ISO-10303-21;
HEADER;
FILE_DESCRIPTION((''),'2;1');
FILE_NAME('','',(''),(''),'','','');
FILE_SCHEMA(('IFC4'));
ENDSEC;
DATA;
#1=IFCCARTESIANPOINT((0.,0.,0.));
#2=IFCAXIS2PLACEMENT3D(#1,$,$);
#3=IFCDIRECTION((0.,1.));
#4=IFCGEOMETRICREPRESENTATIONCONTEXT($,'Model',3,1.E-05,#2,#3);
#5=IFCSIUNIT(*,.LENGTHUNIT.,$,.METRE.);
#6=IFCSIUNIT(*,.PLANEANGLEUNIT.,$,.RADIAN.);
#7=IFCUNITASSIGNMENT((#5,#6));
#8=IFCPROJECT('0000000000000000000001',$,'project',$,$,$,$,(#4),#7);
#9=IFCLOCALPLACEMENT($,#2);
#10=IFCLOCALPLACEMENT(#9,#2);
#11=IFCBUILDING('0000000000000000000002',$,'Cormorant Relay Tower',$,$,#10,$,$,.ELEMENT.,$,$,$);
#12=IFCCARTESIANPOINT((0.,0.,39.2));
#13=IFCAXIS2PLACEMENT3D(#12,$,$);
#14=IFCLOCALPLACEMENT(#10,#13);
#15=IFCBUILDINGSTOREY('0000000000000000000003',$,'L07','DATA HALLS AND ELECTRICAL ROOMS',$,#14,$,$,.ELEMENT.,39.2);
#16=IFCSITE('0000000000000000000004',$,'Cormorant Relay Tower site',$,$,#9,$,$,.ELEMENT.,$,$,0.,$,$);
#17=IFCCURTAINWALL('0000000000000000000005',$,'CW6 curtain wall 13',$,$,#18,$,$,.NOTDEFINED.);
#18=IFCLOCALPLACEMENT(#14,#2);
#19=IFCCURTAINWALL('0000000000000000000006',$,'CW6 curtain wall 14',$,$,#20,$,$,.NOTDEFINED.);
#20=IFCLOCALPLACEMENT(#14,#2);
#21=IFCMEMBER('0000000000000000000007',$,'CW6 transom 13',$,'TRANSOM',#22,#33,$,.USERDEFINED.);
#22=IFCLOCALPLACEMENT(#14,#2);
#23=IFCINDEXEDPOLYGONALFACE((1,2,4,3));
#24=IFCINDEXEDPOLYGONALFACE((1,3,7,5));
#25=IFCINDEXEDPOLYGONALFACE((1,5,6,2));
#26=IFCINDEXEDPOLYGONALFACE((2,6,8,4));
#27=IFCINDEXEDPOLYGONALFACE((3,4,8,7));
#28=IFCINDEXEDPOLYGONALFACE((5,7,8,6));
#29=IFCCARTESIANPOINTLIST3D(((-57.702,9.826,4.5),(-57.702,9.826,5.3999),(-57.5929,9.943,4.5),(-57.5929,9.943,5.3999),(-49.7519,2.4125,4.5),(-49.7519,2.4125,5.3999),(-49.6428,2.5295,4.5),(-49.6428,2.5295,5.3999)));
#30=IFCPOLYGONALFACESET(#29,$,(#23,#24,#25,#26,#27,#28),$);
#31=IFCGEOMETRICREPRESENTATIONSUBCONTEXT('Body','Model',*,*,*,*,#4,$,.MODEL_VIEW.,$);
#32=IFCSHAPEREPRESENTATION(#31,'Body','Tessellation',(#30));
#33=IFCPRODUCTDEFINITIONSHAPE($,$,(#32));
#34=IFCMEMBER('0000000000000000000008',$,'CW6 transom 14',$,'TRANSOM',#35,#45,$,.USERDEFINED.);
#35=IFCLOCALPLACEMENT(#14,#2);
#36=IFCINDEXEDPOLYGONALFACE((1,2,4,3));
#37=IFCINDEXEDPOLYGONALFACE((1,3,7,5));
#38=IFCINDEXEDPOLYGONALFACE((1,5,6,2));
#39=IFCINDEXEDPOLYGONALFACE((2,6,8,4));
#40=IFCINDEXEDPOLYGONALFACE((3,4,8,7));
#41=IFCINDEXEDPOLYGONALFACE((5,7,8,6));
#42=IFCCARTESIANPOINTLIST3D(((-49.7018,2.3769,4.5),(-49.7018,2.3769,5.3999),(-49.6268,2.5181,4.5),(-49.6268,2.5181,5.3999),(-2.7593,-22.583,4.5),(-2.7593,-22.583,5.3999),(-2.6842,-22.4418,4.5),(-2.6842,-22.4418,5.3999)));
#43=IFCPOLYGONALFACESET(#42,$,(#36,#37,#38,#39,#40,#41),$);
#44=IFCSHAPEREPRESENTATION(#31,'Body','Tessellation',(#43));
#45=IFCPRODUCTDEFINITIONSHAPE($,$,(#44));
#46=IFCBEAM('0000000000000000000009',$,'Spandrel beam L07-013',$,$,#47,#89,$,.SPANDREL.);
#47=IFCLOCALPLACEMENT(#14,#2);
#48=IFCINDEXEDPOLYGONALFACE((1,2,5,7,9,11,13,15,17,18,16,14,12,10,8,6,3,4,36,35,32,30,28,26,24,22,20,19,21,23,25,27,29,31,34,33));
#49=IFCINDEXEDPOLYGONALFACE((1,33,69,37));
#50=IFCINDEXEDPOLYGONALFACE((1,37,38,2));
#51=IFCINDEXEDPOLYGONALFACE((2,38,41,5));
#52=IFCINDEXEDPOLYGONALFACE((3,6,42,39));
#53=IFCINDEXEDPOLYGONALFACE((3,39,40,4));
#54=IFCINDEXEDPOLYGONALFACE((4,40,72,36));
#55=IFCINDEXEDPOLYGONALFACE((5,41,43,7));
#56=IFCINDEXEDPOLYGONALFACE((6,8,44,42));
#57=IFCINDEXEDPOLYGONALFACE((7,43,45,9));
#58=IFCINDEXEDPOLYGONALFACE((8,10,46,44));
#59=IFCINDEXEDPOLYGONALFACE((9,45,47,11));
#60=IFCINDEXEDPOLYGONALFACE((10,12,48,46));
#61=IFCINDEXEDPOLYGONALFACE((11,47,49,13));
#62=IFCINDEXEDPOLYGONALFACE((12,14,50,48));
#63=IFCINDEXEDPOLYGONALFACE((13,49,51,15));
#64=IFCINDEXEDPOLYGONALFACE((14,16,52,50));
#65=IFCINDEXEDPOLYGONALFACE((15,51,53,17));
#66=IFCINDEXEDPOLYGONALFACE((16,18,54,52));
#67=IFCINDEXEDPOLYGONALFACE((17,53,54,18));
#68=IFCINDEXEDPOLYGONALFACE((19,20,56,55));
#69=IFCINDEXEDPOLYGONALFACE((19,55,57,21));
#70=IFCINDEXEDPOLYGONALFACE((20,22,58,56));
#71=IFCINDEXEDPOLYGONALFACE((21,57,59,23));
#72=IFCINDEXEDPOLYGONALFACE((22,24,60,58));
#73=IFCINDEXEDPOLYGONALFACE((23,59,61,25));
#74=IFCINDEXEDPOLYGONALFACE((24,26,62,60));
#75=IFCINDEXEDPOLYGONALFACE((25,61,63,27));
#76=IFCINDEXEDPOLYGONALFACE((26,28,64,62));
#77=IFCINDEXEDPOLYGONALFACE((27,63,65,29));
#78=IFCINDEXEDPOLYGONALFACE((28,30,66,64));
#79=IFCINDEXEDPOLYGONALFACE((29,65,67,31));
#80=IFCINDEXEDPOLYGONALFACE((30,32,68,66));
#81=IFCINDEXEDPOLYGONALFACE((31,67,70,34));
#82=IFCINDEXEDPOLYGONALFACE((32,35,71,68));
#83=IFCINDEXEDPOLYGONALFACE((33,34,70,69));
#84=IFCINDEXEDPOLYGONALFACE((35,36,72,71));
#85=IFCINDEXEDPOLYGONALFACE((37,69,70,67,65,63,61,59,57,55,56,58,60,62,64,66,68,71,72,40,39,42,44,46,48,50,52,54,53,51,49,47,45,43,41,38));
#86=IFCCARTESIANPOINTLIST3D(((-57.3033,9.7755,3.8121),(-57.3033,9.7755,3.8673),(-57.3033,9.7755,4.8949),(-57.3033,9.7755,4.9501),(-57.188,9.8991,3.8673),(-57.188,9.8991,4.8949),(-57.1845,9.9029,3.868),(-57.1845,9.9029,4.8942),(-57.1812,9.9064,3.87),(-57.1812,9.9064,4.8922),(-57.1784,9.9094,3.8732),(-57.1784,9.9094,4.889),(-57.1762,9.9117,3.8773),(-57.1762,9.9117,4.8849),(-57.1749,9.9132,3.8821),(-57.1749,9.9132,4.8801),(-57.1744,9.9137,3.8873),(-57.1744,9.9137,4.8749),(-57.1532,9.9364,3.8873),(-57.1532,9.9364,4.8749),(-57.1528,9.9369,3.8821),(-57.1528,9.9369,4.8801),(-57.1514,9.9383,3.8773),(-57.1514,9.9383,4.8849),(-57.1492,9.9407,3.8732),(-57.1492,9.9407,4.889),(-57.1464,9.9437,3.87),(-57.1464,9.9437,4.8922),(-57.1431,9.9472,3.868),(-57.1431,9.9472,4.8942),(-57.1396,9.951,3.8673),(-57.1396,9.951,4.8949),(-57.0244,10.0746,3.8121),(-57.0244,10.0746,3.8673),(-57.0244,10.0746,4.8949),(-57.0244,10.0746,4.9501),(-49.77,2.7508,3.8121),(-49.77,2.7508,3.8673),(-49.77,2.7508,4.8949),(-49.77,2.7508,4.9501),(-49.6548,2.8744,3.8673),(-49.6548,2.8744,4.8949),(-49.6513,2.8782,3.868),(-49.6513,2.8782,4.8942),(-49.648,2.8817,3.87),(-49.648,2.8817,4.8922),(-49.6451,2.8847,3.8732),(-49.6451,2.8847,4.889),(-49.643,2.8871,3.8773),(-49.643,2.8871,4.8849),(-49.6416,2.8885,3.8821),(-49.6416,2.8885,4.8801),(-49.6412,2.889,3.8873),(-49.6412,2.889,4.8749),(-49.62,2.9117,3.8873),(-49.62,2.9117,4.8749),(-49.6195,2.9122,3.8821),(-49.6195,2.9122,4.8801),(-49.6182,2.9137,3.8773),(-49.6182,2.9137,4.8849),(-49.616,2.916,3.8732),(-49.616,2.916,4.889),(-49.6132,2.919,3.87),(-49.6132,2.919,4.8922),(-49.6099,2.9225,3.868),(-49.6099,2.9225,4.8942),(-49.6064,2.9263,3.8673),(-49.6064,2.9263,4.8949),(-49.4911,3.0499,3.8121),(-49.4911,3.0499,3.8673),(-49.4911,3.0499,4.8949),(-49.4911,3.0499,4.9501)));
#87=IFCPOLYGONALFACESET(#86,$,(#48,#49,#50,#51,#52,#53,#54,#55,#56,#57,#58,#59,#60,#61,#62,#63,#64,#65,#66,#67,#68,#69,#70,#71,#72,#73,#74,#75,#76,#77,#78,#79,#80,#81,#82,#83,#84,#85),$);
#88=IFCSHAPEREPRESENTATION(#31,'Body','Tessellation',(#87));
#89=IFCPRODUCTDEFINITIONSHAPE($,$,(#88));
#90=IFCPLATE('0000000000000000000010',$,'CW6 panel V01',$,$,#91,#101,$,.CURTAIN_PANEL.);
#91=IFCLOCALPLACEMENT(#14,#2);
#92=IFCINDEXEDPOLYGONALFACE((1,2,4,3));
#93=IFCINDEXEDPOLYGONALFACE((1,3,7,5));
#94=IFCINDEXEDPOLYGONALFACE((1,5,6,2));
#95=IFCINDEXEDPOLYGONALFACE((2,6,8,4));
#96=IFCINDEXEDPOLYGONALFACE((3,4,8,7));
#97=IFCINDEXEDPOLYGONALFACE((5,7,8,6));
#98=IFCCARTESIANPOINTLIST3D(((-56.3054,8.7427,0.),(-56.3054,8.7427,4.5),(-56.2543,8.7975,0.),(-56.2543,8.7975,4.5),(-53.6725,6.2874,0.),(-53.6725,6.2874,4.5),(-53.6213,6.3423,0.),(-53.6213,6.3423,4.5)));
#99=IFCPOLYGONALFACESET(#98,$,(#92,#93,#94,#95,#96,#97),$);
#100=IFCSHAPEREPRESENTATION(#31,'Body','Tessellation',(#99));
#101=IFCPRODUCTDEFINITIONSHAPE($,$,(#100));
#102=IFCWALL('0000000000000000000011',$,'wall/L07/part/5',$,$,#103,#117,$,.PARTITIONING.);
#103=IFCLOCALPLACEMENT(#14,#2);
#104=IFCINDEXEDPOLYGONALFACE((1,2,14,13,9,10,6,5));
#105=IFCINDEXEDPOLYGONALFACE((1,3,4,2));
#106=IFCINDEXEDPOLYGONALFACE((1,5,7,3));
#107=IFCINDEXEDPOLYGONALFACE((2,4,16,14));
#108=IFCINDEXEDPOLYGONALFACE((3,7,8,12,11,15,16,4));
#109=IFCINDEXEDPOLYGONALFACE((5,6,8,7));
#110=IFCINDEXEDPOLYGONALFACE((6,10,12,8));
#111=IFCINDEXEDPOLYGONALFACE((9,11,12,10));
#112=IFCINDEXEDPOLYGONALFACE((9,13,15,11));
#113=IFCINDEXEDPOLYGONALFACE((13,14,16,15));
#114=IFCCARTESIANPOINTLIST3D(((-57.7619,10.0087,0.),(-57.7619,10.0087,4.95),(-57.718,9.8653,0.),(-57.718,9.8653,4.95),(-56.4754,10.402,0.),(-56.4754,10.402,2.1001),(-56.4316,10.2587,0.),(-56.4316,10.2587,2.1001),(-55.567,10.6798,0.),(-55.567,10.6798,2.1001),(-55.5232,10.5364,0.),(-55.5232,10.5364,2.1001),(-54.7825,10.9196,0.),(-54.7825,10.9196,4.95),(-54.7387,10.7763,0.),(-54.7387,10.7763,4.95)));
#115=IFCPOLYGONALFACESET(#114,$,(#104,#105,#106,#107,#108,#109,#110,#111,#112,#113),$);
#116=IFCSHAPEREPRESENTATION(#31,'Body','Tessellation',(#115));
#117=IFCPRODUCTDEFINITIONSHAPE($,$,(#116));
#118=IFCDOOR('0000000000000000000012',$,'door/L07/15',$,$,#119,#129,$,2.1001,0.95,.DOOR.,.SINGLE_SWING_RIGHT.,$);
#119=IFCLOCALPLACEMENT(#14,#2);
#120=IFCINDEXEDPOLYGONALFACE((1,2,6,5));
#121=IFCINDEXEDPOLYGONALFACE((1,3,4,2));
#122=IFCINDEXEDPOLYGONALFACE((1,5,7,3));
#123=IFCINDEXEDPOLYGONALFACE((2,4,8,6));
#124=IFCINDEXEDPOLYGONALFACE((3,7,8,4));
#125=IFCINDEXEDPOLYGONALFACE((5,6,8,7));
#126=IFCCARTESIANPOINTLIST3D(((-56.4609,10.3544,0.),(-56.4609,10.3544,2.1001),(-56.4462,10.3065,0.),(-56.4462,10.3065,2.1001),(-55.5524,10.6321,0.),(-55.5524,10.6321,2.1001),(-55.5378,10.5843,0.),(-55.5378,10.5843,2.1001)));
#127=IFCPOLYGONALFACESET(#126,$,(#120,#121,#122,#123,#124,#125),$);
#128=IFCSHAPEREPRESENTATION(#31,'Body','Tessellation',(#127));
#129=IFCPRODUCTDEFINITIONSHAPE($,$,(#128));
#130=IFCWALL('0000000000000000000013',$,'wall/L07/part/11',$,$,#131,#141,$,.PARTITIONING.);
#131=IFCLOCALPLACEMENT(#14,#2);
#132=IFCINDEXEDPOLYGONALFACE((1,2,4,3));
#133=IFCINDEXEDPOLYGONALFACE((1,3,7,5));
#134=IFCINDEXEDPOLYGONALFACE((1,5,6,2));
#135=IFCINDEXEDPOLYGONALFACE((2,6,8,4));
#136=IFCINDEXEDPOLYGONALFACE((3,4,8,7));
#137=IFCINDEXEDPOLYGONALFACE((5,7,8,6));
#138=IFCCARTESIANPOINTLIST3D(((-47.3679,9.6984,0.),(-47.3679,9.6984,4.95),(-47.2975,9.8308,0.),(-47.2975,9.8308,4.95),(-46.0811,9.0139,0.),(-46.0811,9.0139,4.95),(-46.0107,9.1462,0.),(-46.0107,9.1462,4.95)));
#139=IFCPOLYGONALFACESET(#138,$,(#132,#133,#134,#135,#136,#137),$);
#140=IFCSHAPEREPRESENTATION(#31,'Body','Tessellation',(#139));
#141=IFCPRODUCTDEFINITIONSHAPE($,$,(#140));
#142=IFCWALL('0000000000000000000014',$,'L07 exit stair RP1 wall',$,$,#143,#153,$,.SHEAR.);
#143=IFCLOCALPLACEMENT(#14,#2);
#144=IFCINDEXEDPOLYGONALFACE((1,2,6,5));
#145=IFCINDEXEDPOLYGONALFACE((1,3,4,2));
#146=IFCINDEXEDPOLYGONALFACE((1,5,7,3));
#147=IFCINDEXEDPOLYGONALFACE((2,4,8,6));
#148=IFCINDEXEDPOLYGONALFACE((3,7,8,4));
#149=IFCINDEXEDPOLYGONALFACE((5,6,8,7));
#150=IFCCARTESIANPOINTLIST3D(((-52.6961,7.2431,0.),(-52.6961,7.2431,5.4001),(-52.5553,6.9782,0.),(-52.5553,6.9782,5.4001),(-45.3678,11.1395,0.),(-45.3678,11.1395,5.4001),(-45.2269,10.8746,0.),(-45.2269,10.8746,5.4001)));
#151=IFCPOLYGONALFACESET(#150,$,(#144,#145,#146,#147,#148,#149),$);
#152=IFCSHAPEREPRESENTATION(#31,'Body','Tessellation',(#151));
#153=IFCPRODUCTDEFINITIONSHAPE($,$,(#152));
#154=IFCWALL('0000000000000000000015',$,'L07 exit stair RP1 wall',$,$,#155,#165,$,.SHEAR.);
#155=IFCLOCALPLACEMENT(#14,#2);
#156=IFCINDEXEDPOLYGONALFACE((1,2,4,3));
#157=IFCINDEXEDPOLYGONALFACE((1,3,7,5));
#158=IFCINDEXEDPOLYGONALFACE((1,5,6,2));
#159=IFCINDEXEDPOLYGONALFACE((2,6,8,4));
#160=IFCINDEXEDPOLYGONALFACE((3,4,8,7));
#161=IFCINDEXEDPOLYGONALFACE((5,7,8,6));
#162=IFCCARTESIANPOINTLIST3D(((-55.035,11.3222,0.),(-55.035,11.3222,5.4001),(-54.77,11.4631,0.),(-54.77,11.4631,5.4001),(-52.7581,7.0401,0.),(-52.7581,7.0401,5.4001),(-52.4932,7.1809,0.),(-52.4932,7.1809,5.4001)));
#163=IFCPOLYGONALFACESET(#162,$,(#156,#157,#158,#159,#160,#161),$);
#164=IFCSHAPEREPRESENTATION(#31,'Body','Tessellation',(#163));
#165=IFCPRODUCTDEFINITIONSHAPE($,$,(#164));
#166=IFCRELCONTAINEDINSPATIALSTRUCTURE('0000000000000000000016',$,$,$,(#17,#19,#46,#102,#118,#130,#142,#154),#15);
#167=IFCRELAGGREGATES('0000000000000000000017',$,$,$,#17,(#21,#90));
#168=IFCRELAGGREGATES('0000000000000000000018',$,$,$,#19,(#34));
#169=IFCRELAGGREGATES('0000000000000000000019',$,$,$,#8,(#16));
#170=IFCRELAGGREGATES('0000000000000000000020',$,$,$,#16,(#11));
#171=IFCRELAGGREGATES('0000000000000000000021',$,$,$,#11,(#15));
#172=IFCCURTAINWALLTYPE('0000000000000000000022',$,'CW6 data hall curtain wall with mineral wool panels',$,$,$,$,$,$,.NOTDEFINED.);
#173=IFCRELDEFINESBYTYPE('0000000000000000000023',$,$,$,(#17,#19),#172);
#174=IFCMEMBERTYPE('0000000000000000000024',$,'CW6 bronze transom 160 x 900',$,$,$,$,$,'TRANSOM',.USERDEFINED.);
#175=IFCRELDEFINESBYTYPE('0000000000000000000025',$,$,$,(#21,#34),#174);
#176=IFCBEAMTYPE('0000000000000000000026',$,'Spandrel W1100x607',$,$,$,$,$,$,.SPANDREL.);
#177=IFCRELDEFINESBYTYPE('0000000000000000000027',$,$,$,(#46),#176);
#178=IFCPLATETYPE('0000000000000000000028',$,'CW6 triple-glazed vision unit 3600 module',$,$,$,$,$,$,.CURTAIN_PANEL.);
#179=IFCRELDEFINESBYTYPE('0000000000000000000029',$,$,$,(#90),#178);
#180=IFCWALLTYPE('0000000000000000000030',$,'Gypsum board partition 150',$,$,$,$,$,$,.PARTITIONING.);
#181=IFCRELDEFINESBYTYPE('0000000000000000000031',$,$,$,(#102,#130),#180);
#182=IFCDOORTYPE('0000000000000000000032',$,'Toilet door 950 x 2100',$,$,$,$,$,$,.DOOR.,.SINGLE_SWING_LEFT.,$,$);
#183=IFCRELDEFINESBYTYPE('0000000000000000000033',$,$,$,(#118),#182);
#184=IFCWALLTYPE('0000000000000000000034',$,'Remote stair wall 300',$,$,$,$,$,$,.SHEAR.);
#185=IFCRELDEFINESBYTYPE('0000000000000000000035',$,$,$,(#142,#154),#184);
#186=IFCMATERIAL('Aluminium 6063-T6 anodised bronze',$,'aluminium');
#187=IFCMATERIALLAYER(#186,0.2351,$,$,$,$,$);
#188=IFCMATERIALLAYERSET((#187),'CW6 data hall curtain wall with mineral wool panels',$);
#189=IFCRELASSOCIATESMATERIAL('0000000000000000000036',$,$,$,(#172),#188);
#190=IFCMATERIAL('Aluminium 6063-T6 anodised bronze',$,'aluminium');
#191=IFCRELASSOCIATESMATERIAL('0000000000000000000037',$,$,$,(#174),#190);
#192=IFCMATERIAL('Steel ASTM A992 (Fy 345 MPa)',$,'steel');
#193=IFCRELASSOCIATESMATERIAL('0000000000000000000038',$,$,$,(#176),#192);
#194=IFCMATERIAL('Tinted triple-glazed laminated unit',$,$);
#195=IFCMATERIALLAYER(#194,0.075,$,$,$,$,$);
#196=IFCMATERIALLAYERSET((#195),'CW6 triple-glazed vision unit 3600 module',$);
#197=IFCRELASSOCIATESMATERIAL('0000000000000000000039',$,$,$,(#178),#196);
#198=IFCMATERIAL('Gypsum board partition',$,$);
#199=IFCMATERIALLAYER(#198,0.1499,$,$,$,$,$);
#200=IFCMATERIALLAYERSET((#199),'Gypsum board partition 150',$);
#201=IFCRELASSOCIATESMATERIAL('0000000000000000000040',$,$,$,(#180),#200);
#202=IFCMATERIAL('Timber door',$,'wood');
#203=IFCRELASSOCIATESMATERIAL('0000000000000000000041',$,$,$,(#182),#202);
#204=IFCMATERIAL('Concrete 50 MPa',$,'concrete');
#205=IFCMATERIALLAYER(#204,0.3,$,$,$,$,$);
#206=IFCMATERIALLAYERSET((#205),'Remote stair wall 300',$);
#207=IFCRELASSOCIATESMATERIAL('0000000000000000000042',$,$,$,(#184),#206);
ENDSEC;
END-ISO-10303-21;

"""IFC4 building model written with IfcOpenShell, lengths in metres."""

from ifc_helpers import new_model, si_unit, direction, frame, frame_2d, origin, origin_2d, place, context, subcontext, project, spatial, rectangle, i_section, extrude, material, layer, layer_set, material_profile, profile_set, type_object, element, fill, aggregate, save


model = new_model("IFC4")

# Units and contexts
model_context = context("Model", 3, precision=1e-05, world=origin(), true_north=direction((0.0, 1.0)))
body_context = subcontext(model_context, "Body", "Model", "MODEL_VIEW")
ifc_project = project(units=[si_unit("LENGTHUNIT", "METRE"), si_unit("PLANEANGLEUNIT", "RADIAN")], contexts=[model_context])

# Site, building, storey
site_placement = place(None, origin())
site = spatial("IfcSite", under=ifc_project, at=site_placement, Name="Cormorant Relay Tower site", CompositionType="ELEMENT", RefElevation=0.0)
building_placement = place(site_placement, origin())
building = spatial("IfcBuilding", under=site, at=building_placement, Name="Cormorant Relay Tower", CompositionType="ELEMENT")
storey_placement = place(building_placement, frame((0.0, 0.0, 39.2)))
storey = spatial("IfcBuildingStorey", under=building, at=storey_placement, Name="L07", Description="DATA HALLS AND ELECTRICAL ROOMS", CompositionType="ELEMENT", Elevation=39.2)

# Curtain walls
ifc_material_1 = material(Name="Aluminium 6063-T6 anodised bronze", Category="aluminium")
ifc_layer_1 = layer(ifc_material_1, 0.2351)
ifc_layer_set_1 = layer_set([ifc_layer_1], Name="CW6 data hall curtain wall with mineral wool panels")
curtain_wall_type = type_object("IfcCurtainWallType", Name="CW6 data hall curtain wall with mineral wool panels", PredefinedType="NOTDEFINED", material=ifc_layer_set_1)
curtain_wall_1_placement = place(storey_placement, origin())
curtain_wall_1 = element("IfcCurtainWall", 1, at=curtain_wall_1_placement, inside=storey, type_object=curtain_wall_type, Name="CW6 curtain wall 13", PredefinedType="NOTDEFINED")
curtain_wall_2_placement = place(storey_placement, origin())
curtain_wall_2 = element("IfcCurtainWall", 2, at=curtain_wall_2_placement, inside=storey, type_object=curtain_wall_type, Name="CW6 curtain wall 14", PredefinedType="NOTDEFINED")

# Members
ifc_material_2 = material(Name="Aluminium 6063-T6 anodised bronze", Category="aluminium")
ifc_material_profile_1 = material_profile(ifc_material_2, rectangle(XDim=0.1599, YDim=0.8999, at=origin_2d()), Name="AL 160x900")
ifc_profile_set_1 = profile_set([ifc_material_profile_1], Name="Aluminium 6063-T6 anodised bronze")
member_type_1 = type_object("IfcMemberType", Name="CW6 bronze transom 160 x 900", ElementType="TRANSOM", PredefinedType="USERDEFINED", material=ifc_profile_set_1)
member_1_placement = place(storey_placement, frame((-57.6475, 9.8845, 4.95), z_axis=(0.731358, -0.681993, 0.0), x_axis=(0.681993, 0.731358, 0.0)))
member_1 = element("IfcMember", 3, at=member_1_placement, type_object=member_type_1, Name="CW6 transom 13", ObjectType="TRANSOM", PredefinedType="USERDEFINED", context=body_context, shape_type="SweptSolid", body=[
    extrude(rectangle(XDim=0.1599, YDim=0.8999, at=origin_2d()), origin(), (0.0, 0.0, 1.0), 10.8704),
])
member_2_placement = place(storey_placement, frame((-49.6643, 2.4475, 4.95), z_axis=(0.882947, -0.469473, 0.0), x_axis=(0.469473, 0.882947, 0.0)))
member_2 = element("IfcMember", 4, at=member_2_placement, type_object=member_type_1, Name="CW6 transom 14", ObjectType="TRANSOM", PredefinedType="USERDEFINED", context=body_context, shape_type="SweptSolid", body=[
    extrude(rectangle(XDim=0.1599, YDim=0.8999, at=origin_2d()), origin(), (0.0, 0.0, 1.0), 53.1658),
])

# Beam
ifc_material_3 = material(Name="Steel ASTM A992 (Fy 345 MPa)", Category="steel")
ifc_material_profile_2 = material_profile(ifc_material_3, i_section(OverallWidth=0.4089, OverallDepth=1.1379, WebThickness=0.031, FlangeThickness=0.0552, FilletRadius=0.02, at=origin_2d()), Name="W1100x607")
ifc_profile_set_2 = profile_set([ifc_material_profile_2], Name="Steel ASTM A992 (Fy 345 MPa)")
beam_type = type_object("IfcBeamType", Name="Spandrel W1100x607", PredefinedType="SPANDREL", material=ifc_profile_set_2)
beam_placement = place(storey_placement, frame((-57.1638, 9.925, 4.3811), z_axis=(0.731362, -0.68199, 0.0), x_axis=(0.68199, 0.731362, 0.0)))
element("IfcBeam", 5, at=beam_placement, inside=storey, type_object=beam_type, Name="Spandrel beam L07-013", PredefinedType="SPANDREL", context=body_context, shape_type="SweptSolid", body=[
    extrude(i_section(OverallWidth=0.4089, OverallDepth=1.1379, WebThickness=0.031, FlangeThickness=0.0552, FilletRadius=0.02, at=origin_2d()), origin(), (0.0, 0.0, 1.0), 10.3003),
])

# Plate
ifc_material_4 = material(Name="Tinted triple-glazed laminated unit")
ifc_layer_2 = layer(ifc_material_4, 0.075)
ifc_layer_set_2 = layer_set([ifc_layer_2], Name="CW6 triple-glazed vision unit 3600 module")
plate_type = type_object("IfcPlateType", Name="CW6 triple-glazed vision unit 3600 module", PredefinedType="CURTAIN_PANEL", material=ifc_layer_set_2)
plate_placement = place(storey_placement, frame((-54.9634, 7.5425, 0.0), z_axis=(0.0, 0.0, 1.0), x_axis=(0.731354, -0.681998, 0.0)))
plate = element("IfcPlate", 6, at=plate_placement, type_object=plate_type, Name="CW6 panel V01", PredefinedType="CURTAIN_PANEL", context=body_context, shape_type="SweptSolid", body=[
    extrude(rectangle(XDim=3.6001, YDim=0.075, at=origin_2d()), origin(), (0.0, 0.0, 1.0), 4.5),
])

# Wall, opening, door
ifc_material_5 = material(Name="Gypsum board partition")
ifc_layer_3 = layer(ifc_material_5, 0.1499)
ifc_layer_set_3 = layer_set([ifc_layer_3], Name="Gypsum board partition 150")
wall_type_1 = type_object("IfcWallType", Name="Gypsum board partition 150", PredefinedType="PARTITIONING", material=ifc_layer_set_3)
wall_1_placement = place(storey_placement, frame((-54.7607, 10.8479, 0.0), z_axis=(0.0, 0.0, 1.0), x_axis=(-0.956301, -0.292384, 0.0)))
wall_1 = element("IfcWall", 7, at=wall_1_placement, inside=storey, type_object=wall_type_1, Name="wall/L07/part/5", PredefinedType="PARTITIONING", context=body_context, shape_type="SweptSolid", body=[
    extrude(rectangle(XDim=3.1155, YDim=0.1499, at=frame_2d((1.5576, 0.0))), origin(), (0.0, 0.0, 1.0), 4.95),
])
opening_1_placement = place(wall_1_placement, frame((0.8201, 0.0, 0.0)))
opening_1 = element("IfcOpeningElement", 8, at=opening_1_placement, cuts=wall_1, PredefinedType="OPENING", context=body_context, shape_type="SweptSolid", body=[
    extrude(rectangle(XDim=0.95, YDim=2.1001, at=frame_2d((0.4751, 1.05))), frame((0.0, 0.085, 0.0), z_axis=(0.0, -1.0, 0.0), x_axis=(1.0, 0.0, 0.0)), (0.0, 0.0, 1.0), 0.1699),
])
ifc_material_6 = material(Name="Timber door", Category="wood")
door_type_1 = type_object("IfcDoorType", Name="Toilet door 950 x 2100", OperationType="SINGLE_SWING_LEFT", PredefinedType="DOOR", material=ifc_material_6)
door_1_placement = place(opening_1_placement, origin())
door_1 = element("IfcDoor", 9, at=door_1_placement, inside=storey, type_object=door_type_1, Name="door/L07/15", OperationType="SINGLE_SWING_RIGHT", OverallHeight=2.1001, OverallWidth=0.95, PredefinedType="DOOR", context=body_context, shape_type="SweptSolid", body=[
    extrude(rectangle(XDim=0.95, YDim=2.1001, at=frame_2d((0.4751, 1.05))), frame((0.0, 0.0249, 0.0), z_axis=(0.0, -1.0, 0.0), x_axis=(1.0, 0.0, 0.0)), (0.0, 0.0, 1.0), 0.05),
])
fill(opening_1, door_1)

# Walls
wall_2_placement = place(storey_placement, frame((-46.0459, 9.0801, 0.0), z_axis=(0.0, 0.0, 1.0), x_axis=(-0.882853, 0.469649, 0.0)))
element("IfcWall", 10, at=wall_2_placement, inside=storey, type_object=wall_type_1, Name="wall/L07/part/11", PredefinedType="PARTITIONING", context=body_context, shape_type="SweptSolid", body=[
    extrude(rectangle(XDim=1.4575, YDim=0.1499, at=frame_2d((0.7288, 0.0))), origin(), (0.0, 0.0, 1.0), 4.95),
])
ifc_material_7 = material(Name="Concrete 50 MPa", Category="concrete")
ifc_layer_4 = layer(ifc_material_7, 0.3)
ifc_layer_set_4 = layer_set([ifc_layer_4], Name="Remote stair wall 300")
wall_type_2 = type_object("IfcWallType", Name="Remote stair wall 300", PredefinedType="SHEAR", material=ifc_layer_set_4)
wall_3_placement = place(storey_placement, frame((-45.2974, 11.0071, 0.0), z_axis=(0.0, 0.0, 1.0), x_axis=(-0.882952, -0.469464, 0.0)))
element("IfcWall", 11, at=wall_3_placement, inside=storey, type_object=wall_type_2, Name="L07 exit stair RP1 wall", PredefinedType="SHEAR", context=body_context, shape_type="SweptSolid", body=[
    extrude(rectangle(XDim=8.2998, YDim=0.3, at=frame_2d((4.1499, 0.0))), origin(), (0.0, 0.0, 1.0), 5.4001),
])
wall_4_placement = place(storey_placement, frame((-52.6257, 7.1106, 0.0), z_axis=(0.0, 0.0, 1.0), x_axis=(-0.469464, 0.882951, 0.0)))
element("IfcWall", 12, at=wall_4_placement, inside=storey, type_object=wall_type_2, Name="L07 exit stair RP1 wall", PredefinedType="SHEAR", context=body_context, shape_type="SweptSolid", body=[
    extrude(rectangle(XDim=4.8499, YDim=0.3, at=frame_2d((2.4248, 0.0))), origin(), (0.0, 0.0, 1.0), 5.4001),
])

aggregate(curtain_wall_1, [member_1, plate])
aggregate(curtain_wall_2, [member_2])

save(model, "model.ifc")
